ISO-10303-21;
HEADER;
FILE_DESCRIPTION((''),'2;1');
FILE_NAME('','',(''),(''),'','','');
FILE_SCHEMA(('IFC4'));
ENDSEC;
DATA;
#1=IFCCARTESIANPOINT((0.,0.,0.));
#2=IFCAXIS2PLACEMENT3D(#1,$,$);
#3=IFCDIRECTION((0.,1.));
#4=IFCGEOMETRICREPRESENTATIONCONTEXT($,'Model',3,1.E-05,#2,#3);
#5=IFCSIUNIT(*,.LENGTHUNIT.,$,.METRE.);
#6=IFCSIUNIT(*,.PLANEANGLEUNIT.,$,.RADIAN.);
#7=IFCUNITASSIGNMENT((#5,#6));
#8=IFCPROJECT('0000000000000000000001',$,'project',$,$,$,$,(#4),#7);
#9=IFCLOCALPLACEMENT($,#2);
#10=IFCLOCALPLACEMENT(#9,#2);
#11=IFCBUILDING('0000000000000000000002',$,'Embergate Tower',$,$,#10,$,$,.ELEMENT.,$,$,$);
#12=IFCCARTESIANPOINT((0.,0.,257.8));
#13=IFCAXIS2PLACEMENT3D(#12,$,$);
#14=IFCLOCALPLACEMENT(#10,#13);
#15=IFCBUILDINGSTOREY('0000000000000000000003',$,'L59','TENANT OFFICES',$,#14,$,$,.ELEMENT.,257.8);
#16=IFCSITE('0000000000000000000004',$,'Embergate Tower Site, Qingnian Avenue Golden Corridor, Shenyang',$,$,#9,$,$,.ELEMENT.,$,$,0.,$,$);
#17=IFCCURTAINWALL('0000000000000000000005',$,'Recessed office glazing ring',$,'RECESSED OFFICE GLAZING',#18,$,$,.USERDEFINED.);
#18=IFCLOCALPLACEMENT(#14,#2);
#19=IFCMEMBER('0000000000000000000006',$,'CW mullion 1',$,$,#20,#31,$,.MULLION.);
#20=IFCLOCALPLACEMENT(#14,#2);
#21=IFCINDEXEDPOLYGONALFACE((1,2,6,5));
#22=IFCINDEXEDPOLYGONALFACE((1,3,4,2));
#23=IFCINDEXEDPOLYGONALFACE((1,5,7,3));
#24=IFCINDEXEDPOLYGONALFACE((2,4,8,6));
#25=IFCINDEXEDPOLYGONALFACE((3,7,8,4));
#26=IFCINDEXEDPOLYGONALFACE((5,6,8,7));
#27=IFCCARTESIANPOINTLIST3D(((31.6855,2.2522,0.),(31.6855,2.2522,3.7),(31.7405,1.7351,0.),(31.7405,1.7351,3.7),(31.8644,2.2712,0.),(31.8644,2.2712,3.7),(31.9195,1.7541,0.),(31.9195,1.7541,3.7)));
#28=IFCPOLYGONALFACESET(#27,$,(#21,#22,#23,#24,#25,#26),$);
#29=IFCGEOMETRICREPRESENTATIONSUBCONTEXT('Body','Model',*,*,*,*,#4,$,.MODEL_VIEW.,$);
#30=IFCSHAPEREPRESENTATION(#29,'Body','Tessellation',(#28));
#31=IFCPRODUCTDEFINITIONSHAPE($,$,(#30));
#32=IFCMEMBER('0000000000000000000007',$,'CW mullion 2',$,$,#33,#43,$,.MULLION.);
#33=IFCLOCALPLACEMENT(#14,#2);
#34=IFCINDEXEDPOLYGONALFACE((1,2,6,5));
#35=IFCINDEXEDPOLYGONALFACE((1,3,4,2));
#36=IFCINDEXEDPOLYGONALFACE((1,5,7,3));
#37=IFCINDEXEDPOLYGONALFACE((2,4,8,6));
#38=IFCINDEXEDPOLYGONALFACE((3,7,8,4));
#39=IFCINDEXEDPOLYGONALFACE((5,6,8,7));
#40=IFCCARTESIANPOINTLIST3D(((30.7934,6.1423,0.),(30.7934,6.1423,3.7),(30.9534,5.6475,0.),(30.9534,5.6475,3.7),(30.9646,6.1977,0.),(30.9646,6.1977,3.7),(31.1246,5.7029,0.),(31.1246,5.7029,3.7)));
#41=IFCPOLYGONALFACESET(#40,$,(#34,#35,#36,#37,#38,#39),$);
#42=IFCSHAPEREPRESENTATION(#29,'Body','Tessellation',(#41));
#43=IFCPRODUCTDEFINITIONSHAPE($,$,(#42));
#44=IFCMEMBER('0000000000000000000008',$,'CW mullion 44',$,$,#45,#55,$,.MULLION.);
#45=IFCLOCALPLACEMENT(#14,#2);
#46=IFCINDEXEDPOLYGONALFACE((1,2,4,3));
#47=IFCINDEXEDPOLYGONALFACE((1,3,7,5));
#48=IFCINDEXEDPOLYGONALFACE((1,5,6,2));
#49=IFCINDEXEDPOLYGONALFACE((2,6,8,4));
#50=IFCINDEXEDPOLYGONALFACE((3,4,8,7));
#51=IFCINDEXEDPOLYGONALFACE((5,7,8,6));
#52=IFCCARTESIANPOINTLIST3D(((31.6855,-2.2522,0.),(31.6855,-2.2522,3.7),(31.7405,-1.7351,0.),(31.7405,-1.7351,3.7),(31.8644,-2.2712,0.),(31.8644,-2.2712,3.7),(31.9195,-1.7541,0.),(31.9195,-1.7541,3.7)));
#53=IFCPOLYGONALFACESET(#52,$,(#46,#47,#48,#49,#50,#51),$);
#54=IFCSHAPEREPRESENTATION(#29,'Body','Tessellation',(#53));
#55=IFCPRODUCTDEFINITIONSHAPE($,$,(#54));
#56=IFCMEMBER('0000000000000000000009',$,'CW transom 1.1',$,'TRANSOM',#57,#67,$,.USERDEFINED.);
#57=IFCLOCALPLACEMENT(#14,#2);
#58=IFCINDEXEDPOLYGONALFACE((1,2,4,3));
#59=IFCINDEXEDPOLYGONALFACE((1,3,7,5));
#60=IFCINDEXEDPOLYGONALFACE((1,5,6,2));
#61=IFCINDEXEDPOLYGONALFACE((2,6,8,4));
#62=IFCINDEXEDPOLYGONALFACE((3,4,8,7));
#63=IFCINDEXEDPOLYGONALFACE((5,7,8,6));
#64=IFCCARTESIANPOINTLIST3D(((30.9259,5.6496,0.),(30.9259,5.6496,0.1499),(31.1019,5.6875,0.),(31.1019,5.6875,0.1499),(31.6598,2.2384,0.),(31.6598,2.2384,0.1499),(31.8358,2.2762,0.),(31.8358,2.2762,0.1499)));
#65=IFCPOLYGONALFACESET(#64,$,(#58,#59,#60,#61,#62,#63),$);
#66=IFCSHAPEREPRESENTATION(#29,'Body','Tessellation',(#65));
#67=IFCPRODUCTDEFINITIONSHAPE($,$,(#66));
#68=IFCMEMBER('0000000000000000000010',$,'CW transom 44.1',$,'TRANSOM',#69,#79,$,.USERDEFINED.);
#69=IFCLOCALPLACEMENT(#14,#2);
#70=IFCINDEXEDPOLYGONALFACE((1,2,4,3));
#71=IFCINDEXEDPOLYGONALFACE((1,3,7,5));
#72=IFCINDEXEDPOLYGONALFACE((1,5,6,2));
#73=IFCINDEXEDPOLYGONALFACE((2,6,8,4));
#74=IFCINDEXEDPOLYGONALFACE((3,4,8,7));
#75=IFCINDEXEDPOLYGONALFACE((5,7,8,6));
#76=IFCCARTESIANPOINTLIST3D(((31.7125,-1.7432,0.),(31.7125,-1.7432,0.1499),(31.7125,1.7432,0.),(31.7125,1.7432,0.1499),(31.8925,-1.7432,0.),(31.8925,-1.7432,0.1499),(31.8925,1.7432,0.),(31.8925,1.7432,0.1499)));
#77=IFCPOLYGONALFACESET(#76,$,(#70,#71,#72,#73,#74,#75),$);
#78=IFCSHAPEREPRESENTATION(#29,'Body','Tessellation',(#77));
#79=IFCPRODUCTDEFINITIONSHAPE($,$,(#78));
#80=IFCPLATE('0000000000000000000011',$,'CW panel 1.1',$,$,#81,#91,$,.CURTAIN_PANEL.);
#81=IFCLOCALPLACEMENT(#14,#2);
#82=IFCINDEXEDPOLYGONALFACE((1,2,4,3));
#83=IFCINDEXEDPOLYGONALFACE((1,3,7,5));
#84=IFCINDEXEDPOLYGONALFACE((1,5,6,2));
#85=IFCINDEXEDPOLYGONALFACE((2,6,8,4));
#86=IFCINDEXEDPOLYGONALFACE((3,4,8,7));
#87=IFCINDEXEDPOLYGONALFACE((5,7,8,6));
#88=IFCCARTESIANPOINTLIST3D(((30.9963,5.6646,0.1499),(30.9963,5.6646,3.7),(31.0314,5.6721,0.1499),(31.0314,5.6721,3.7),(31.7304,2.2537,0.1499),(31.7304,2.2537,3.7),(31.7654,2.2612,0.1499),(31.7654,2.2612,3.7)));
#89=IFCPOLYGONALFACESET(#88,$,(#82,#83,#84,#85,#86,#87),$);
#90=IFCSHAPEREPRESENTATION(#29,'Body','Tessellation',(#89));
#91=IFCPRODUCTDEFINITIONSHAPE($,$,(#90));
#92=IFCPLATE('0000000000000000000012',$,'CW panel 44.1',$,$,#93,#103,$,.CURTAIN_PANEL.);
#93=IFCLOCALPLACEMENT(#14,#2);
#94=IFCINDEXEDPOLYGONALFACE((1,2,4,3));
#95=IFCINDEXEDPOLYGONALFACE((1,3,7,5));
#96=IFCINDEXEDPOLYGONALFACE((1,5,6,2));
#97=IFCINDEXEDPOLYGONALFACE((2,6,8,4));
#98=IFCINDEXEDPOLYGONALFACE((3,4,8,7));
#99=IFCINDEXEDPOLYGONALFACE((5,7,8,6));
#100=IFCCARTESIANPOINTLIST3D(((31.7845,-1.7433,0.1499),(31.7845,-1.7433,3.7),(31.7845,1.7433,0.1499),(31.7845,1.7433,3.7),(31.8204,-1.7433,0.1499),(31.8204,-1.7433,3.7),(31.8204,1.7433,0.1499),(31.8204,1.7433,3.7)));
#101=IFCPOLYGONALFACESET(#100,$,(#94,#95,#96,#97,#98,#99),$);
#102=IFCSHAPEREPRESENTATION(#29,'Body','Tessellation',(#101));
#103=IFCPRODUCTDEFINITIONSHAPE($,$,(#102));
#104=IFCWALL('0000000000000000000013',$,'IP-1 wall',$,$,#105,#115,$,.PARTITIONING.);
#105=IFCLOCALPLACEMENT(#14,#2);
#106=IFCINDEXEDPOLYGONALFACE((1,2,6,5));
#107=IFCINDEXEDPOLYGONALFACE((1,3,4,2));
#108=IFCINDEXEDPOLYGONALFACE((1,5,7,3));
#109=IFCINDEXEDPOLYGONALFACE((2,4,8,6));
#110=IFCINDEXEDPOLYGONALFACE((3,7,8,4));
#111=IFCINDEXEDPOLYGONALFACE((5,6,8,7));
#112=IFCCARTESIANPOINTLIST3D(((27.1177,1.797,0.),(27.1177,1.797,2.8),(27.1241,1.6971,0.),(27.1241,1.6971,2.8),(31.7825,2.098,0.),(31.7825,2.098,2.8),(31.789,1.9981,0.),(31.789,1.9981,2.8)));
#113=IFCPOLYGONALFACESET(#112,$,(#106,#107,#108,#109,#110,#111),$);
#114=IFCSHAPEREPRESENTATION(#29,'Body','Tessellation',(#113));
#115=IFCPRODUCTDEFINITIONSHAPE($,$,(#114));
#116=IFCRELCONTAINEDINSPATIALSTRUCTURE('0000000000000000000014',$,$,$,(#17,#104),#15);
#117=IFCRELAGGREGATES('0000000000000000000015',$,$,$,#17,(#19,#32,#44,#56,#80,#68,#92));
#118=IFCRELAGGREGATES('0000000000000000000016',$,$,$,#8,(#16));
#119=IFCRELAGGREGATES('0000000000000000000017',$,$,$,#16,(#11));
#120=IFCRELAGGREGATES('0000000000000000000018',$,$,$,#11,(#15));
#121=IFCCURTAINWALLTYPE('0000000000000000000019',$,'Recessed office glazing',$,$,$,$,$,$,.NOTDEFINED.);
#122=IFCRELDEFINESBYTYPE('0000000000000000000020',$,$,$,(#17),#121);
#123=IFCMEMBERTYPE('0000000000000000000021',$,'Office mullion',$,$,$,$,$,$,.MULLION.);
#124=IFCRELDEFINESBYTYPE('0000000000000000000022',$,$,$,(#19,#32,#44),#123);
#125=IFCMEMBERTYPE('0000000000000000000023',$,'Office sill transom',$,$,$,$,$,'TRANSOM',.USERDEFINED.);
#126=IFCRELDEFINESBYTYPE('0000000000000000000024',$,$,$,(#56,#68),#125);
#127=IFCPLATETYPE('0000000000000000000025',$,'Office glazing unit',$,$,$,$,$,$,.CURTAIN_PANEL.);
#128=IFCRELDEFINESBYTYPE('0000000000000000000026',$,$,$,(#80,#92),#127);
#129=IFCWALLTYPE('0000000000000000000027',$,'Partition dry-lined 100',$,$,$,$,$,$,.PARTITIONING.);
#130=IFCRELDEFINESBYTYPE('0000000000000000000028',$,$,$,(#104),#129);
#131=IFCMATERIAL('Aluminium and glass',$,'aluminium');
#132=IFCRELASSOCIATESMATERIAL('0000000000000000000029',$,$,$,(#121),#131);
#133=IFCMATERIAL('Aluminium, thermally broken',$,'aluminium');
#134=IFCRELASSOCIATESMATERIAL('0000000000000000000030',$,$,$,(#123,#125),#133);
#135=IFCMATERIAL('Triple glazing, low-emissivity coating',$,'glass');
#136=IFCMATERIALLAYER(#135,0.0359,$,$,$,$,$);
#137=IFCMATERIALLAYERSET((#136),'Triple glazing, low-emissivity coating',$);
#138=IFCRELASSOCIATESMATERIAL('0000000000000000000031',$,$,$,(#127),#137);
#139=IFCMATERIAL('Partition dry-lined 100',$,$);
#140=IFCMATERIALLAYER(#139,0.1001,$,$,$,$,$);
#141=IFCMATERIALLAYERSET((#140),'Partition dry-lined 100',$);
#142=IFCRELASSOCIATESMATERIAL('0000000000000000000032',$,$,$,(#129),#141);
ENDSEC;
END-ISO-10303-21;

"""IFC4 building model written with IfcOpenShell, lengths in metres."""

from ifc_helpers import new_model, si_unit, direction, frame, frame_2d, origin, origin_2d, place, context, subcontext, project, spatial, rectangle, extrude, source, transform, mapped, material, layer, layer_set, material_profile, profile_set, type_object, element, aggregate, save


model = new_model("IFC4")

# Units and contexts
model_context = context("Model", 3, precision=1e-05, world=origin(), true_north=direction((0.0, 1.0)))
body_context = subcontext(model_context, "Body", "Model", "MODEL_VIEW")
ifc_project = project(units=[si_unit("LENGTHUNIT", "METRE"), si_unit("PLANEANGLEUNIT", "RADIAN")], contexts=[model_context])

# Site, building, storey
site_placement = place(None, origin())
site = spatial("IfcSite", under=ifc_project, at=site_placement, Name="Embergate Tower Site, Qingnian Avenue Golden Corridor, Shenyang", CompositionType="ELEMENT", RefElevation=0.0)
building_placement = place(site_placement, origin())
building = spatial("IfcBuilding", under=site, at=building_placement, Name="Embergate Tower", CompositionType="ELEMENT")
storey_placement = place(building_placement, frame((0.0, 0.0, 257.8)))
storey = spatial("IfcBuildingStorey", under=building, at=storey_placement, Name="L59", Description="TENANT OFFICES", CompositionType="ELEMENT", Elevation=257.8)

# Curtain wall, members, plates
ifc_material_1 = material(Name="Aluminium and glass", Category="aluminium")
curtain_wall_type = type_object("IfcCurtainWallType", Name="Recessed office glazing", PredefinedType="NOTDEFINED", material=ifc_material_1)
curtain_wall_placement = place(storey_placement, origin())
curtain_wall = element("IfcCurtainWall", 1, at=curtain_wall_placement, inside=storey, type_object=curtain_wall_type, Name="Recessed office glazing ring", ObjectType="RECESSED OFFICE GLAZING", PredefinedType="USERDEFINED")
ifc_material_2 = material(Name="Aluminium, thermally broken", Category="aluminium")
ifc_material_profile_1 = material_profile(ifc_material_2, rectangle(XDim=0.1799, YDim=0.52, at=origin_2d()), Name="AL 520x180")
ifc_profile_set_1 = profile_set([ifc_material_profile_1], Name="Aluminium, thermally broken")
member_type_1 = type_object("IfcMemberType", Name="Office mullion", PredefinedType="MULLION", material=ifc_profile_set_1)
shared_shape_1 = source(origin(), body_context, "Body", "SweptSolid", [
    extrude(rectangle(XDim=0.1799, YDim=0.52, at=origin_2d()), origin(), (0.0, 0.0, 1.0), 3.7),
])
member_1_placement = place(storey_placement, frame((31.8025, 2.0032, 0.0), z_axis=(0.0, 0.0, 1.0), x_axis=(-0.994384, -0.105828, 0.0)))
member_1 = element("IfcMember", 2, at=member_1_placement, type_object=member_type_1, Name="CW mullion 1", PredefinedType="MULLION", context=body_context, shape_type="MappedRepresentation", body=[
    mapped(shared_shape_1, transform((0.0, 0.0, 0.0))),
])
member_2_placement = place(storey_placement, frame((30.959, 5.9226, 0.0), z_axis=(0.0, 0.0, 1.0), x_axis=(-0.951494, -0.307667, 0.0)))
member_2 = element("IfcMember", 3, at=member_2_placement, type_object=member_type_1, Name="CW mullion 2", PredefinedType="MULLION", context=body_context, shape_type="MappedRepresentation", body=[
    mapped(shared_shape_1, transform((0.0, 0.0, 0.0))),
])
member_3_placement = place(storey_placement, frame((31.8025, -2.0032, 0.0), z_axis=(0.0, 0.0, 1.0), x_axis=(-0.994384, 0.105828, 0.0)))
member_3 = element("IfcMember", 4, at=member_3_placement, type_object=member_type_1, Name="CW mullion 44", PredefinedType="MULLION", context=body_context, shape_type="MappedRepresentation", body=[
    mapped(shared_shape_1, transform((0.0, 0.0, 0.0))),
])
ifc_material_profile_2 = material_profile(ifc_material_2, rectangle(XDim=0.1799, YDim=0.1499, at=origin_2d()), Name="AL 150x180")
ifc_profile_set_2 = profile_set([ifc_material_profile_2], Name="Aluminium, thermally broken")
member_type_2 = type_object("IfcMemberType", Name="Office sill transom", ElementType="TRANSOM", PredefinedType="USERDEFINED", material=ifc_profile_set_2)
shared_shape_2 = source(origin(), body_context, "Body", "SweptSolid", [
    extrude(rectangle(XDim=0.1799, YDim=0.1499, at=origin_2d()), origin(), (0.0, 0.0, 1.0), 3.4893),
])
member_4_placement = place(storey_placement, frame((31.7478, 2.2573, 0.075), z_axis=(-0.210332, 0.97763, 0.0), x_axis=(-0.97763, -0.210332, 0.0)))
member_4 = element("IfcMember", 5, at=member_4_placement, type_object=member_type_2, Name="CW transom 1.1", ObjectType="TRANSOM", PredefinedType="USERDEFINED", context=body_context, shape_type="MappedRepresentation", body=[
    mapped(shared_shape_2, transform((0.0, 0.0, 0.0))),
])
shared_shape_3 = source(origin(), body_context, "Body", "SweptSolid", [
    extrude(rectangle(XDim=0.1799, YDim=0.1499, at=origin_2d()), origin(), (0.0, 0.0, 1.0), 3.4863),
])
member_5_placement = place(storey_placement, frame((31.8025, -1.7432, 0.075), z_axis=(0.0, 1.0, 0.0), x_axis=(-1.0, 0.0, 0.0)))
member_5 = element("IfcMember", 6, at=member_5_placement, type_object=member_type_2, Name="CW transom 44.1", ObjectType="TRANSOM", PredefinedType="USERDEFINED", context=body_context, shape_type="MappedRepresentation", body=[
    mapped(shared_shape_3, transform((0.0, 0.0, 0.0))),
])
ifc_material_3 = material(Name="Triple glazing, low-emissivity coating", Category="glass")
ifc_layer_1 = layer(ifc_material_3, 0.0359)
ifc_layer_set_1 = layer_set([ifc_layer_1], Name="Triple glazing, low-emissivity coating")
plate_type = type_object("IfcPlateType", Name="Office glazing unit", PredefinedType="CURTAIN_PANEL", material=ifc_layer_set_1)
shared_shape_4 = source(origin(), body_context, "Body", "SweptSolid", [
    extrude(rectangle(XDim=3.489, YDim=0.0359, at=origin_2d()), origin(), (0.0, 0.0, 1.0), 3.55),
])
plate_1_placement = place(storey_placement, frame((31.3809, 3.9629, 0.1499), z_axis=(0.0, 0.0, 1.0), x_axis=(-0.210402, 0.977615, 0.0)))
plate_1 = element("IfcPlate", 7, at=plate_1_placement, type_object=plate_type, Name="CW panel 1.1", PredefinedType="CURTAIN_PANEL", context=body_context, shape_type="MappedRepresentation", body=[
    mapped(shared_shape_4, transform((0.0, 0.0, 0.0))),
])
shared_shape_5 = source(origin(), body_context, "Body", "SweptSolid", [
    extrude(rectangle(XDim=3.4866, YDim=0.0359, at=origin_2d()), origin(), (0.0, 0.0, 1.0), 3.55),
])
plate_2_placement = place(storey_placement, frame((31.8025, 0.0, 0.1499), z_axis=(0.0, 0.0, 1.0), x_axis=(0.0, 1.0, 0.0)))
plate_2 = element("IfcPlate", 8, at=plate_2_placement, type_object=plate_type, Name="CW panel 44.1", PredefinedType="CURTAIN_PANEL", context=body_context, shape_type="MappedRepresentation", body=[
    mapped(shared_shape_5, transform((0.0, 0.0, 0.0))),
])
aggregate(curtain_wall, [member_1, member_2, member_3, member_4, plate_1, member_5, plate_2])

# Wall
ifc_material_4 = material(Name="Partition dry-lined 100")
ifc_layer_2 = layer(ifc_material_4, 0.1001)
ifc_layer_set_2 = layer_set([ifc_layer_2], Name="Partition dry-lined 100")
wall_type = type_object("IfcWallType", Name="Partition dry-lined 100", PredefinedType="PARTITIONING", material=ifc_layer_set_2)
shared_shape_6 = source(origin(), body_context, "Body", "SweptSolid", [
    extrude(rectangle(XDim=4.6746, YDim=0.1001, at=frame_2d((2.3374, 0.0))), origin(), (0.0, 0.0, 1.0), 2.8),
])
wall_placement = place(storey_placement, frame((31.7859, 2.0481, 0.0), z_axis=(0.0, 0.0, 1.0), x_axis=(-0.997924, -0.064397, 0.0)))
element("IfcWall", 9, at=wall_placement, inside=storey, type_object=wall_type, Name="IP-1 wall", PredefinedType="PARTITIONING", context=body_context, shape_type="MappedRepresentation", body=[
    mapped(shared_shape_6, transform((0.0, 0.0, 0.0))),
])

save(model, "model.ifc")
